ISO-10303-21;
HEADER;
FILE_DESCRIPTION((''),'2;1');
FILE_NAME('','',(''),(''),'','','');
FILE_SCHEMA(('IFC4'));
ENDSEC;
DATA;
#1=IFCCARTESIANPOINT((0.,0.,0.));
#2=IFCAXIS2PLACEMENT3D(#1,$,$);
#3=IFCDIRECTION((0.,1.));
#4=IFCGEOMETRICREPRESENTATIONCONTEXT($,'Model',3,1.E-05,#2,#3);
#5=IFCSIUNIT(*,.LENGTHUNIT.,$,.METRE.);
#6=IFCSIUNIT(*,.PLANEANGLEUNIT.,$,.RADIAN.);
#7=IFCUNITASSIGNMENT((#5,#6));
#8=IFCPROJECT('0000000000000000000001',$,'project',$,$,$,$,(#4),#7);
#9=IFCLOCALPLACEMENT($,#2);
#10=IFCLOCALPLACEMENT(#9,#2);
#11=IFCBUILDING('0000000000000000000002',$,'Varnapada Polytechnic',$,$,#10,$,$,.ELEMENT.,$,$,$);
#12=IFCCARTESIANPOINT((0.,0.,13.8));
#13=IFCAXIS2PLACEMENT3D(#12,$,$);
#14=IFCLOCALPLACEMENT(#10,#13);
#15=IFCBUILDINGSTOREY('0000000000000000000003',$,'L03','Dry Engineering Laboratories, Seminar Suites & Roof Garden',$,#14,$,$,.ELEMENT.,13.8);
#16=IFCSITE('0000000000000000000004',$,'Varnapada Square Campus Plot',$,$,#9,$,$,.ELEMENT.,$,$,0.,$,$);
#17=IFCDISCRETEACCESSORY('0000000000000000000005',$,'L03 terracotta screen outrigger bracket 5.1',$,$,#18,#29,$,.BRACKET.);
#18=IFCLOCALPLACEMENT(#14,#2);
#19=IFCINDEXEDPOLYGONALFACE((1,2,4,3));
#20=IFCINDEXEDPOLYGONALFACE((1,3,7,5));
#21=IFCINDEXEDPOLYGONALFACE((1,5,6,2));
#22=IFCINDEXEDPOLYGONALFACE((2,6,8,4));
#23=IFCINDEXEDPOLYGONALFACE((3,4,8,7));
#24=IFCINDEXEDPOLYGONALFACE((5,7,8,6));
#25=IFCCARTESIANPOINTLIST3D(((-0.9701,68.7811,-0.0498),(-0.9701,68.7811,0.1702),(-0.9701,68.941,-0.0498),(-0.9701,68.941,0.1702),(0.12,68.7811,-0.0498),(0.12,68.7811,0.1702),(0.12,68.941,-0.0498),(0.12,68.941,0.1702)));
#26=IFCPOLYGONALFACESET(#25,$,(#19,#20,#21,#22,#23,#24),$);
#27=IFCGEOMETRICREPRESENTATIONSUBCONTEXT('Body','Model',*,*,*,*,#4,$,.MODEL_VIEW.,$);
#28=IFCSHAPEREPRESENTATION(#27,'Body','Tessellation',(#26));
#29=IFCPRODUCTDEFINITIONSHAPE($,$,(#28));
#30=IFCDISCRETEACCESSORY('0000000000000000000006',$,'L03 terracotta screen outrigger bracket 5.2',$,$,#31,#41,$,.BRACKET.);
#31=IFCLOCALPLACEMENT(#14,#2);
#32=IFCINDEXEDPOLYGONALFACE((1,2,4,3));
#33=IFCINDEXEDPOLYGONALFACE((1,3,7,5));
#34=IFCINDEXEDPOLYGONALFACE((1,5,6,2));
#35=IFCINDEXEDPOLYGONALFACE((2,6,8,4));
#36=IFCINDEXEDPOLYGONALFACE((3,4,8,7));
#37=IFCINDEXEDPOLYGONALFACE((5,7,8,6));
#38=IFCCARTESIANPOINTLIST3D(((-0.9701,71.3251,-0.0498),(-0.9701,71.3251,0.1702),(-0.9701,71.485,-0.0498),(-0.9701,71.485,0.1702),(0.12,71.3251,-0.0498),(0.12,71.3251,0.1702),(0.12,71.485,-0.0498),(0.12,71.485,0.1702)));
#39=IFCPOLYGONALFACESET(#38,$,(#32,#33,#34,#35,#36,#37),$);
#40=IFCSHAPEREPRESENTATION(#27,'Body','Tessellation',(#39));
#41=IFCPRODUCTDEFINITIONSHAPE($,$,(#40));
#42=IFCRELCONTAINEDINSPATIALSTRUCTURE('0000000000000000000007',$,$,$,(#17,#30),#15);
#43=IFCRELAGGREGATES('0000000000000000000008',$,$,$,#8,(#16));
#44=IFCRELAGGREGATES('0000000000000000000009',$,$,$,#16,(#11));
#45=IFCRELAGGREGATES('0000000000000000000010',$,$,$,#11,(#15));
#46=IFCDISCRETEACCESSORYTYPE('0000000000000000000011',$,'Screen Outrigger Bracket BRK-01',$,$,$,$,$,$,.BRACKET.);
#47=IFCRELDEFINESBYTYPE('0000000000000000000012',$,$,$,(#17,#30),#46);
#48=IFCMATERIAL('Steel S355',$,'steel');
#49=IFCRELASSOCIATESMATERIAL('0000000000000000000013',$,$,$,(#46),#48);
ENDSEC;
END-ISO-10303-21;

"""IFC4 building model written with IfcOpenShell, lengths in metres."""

from ifc_helpers import new_model, si_unit, direction, frame, origin, origin_2d, place, context, subcontext, project, spatial, rectangle, extrude, material, type_object, element, save


model = new_model("IFC4")

# Units and contexts
model_context = context("Model", 3, precision=1e-05, world=origin(), true_north=direction((0.0, 1.0)))
body_context = subcontext(model_context, "Body", "Model", "MODEL_VIEW")
ifc_project = project(units=[si_unit("LENGTHUNIT", "METRE"), si_unit("PLANEANGLEUNIT", "RADIAN")], contexts=[model_context])

# Site, building, storey
site_placement = place(None, origin())
site = spatial("IfcSite", under=ifc_project, at=site_placement, Name="Varnapada Square Campus Plot", CompositionType="ELEMENT", RefElevation=0.0)
building_placement = place(site_placement, origin())
building = spatial("IfcBuilding", under=site, at=building_placement, Name="Varnapada Polytechnic", CompositionType="ELEMENT")
storey_placement = place(building_placement, frame((0.0, 0.0, 13.8)))
storey = spatial("IfcBuildingStorey", under=building, at=storey_placement, Name="L03", Description="Dry Engineering Laboratories, Seminar Suites & Roof Garden", CompositionType="ELEMENT", Elevation=13.8)

# Discrete accessories
ifc_material_1 = material(Name="Steel S355", Category="steel")
discrete_accessory_type = type_object("IfcDiscreteAccessoryType", Name="Screen Outrigger Bracket BRK-01", PredefinedType="BRACKET", material=ifc_material_1)
for number, where, z_axis, x_axis, name in (
    (1, (-0.425, 68.8611, -0.0498), (0.0, 0.0, 1.0), (0.0, 1.0, 0.0), "L03 terracotta screen outrigger bracket 5.1"),
    (2, (-0.425, 71.405, -0.0498), (0.0, 0.0, 1.0), (0.0, 1.0, 0.0), "L03 terracotta screen outrigger bracket 5.2"),
):
    element("IfcDiscreteAccessory", number, at=place(storey_placement, frame(where, z_axis=z_axis, x_axis=x_axis)), inside=storey, type_object=discrete_accessory_type, Name=name, PredefinedType="BRACKET", context=body_context, shape_type="SweptSolid", body=[
        extrude(rectangle(XDim=0.1599, YDim=1.0901, at=origin_2d()), origin(), (0.0, 0.0, 1.0), 0.22),
    ])

save(model, "model.ifc")
